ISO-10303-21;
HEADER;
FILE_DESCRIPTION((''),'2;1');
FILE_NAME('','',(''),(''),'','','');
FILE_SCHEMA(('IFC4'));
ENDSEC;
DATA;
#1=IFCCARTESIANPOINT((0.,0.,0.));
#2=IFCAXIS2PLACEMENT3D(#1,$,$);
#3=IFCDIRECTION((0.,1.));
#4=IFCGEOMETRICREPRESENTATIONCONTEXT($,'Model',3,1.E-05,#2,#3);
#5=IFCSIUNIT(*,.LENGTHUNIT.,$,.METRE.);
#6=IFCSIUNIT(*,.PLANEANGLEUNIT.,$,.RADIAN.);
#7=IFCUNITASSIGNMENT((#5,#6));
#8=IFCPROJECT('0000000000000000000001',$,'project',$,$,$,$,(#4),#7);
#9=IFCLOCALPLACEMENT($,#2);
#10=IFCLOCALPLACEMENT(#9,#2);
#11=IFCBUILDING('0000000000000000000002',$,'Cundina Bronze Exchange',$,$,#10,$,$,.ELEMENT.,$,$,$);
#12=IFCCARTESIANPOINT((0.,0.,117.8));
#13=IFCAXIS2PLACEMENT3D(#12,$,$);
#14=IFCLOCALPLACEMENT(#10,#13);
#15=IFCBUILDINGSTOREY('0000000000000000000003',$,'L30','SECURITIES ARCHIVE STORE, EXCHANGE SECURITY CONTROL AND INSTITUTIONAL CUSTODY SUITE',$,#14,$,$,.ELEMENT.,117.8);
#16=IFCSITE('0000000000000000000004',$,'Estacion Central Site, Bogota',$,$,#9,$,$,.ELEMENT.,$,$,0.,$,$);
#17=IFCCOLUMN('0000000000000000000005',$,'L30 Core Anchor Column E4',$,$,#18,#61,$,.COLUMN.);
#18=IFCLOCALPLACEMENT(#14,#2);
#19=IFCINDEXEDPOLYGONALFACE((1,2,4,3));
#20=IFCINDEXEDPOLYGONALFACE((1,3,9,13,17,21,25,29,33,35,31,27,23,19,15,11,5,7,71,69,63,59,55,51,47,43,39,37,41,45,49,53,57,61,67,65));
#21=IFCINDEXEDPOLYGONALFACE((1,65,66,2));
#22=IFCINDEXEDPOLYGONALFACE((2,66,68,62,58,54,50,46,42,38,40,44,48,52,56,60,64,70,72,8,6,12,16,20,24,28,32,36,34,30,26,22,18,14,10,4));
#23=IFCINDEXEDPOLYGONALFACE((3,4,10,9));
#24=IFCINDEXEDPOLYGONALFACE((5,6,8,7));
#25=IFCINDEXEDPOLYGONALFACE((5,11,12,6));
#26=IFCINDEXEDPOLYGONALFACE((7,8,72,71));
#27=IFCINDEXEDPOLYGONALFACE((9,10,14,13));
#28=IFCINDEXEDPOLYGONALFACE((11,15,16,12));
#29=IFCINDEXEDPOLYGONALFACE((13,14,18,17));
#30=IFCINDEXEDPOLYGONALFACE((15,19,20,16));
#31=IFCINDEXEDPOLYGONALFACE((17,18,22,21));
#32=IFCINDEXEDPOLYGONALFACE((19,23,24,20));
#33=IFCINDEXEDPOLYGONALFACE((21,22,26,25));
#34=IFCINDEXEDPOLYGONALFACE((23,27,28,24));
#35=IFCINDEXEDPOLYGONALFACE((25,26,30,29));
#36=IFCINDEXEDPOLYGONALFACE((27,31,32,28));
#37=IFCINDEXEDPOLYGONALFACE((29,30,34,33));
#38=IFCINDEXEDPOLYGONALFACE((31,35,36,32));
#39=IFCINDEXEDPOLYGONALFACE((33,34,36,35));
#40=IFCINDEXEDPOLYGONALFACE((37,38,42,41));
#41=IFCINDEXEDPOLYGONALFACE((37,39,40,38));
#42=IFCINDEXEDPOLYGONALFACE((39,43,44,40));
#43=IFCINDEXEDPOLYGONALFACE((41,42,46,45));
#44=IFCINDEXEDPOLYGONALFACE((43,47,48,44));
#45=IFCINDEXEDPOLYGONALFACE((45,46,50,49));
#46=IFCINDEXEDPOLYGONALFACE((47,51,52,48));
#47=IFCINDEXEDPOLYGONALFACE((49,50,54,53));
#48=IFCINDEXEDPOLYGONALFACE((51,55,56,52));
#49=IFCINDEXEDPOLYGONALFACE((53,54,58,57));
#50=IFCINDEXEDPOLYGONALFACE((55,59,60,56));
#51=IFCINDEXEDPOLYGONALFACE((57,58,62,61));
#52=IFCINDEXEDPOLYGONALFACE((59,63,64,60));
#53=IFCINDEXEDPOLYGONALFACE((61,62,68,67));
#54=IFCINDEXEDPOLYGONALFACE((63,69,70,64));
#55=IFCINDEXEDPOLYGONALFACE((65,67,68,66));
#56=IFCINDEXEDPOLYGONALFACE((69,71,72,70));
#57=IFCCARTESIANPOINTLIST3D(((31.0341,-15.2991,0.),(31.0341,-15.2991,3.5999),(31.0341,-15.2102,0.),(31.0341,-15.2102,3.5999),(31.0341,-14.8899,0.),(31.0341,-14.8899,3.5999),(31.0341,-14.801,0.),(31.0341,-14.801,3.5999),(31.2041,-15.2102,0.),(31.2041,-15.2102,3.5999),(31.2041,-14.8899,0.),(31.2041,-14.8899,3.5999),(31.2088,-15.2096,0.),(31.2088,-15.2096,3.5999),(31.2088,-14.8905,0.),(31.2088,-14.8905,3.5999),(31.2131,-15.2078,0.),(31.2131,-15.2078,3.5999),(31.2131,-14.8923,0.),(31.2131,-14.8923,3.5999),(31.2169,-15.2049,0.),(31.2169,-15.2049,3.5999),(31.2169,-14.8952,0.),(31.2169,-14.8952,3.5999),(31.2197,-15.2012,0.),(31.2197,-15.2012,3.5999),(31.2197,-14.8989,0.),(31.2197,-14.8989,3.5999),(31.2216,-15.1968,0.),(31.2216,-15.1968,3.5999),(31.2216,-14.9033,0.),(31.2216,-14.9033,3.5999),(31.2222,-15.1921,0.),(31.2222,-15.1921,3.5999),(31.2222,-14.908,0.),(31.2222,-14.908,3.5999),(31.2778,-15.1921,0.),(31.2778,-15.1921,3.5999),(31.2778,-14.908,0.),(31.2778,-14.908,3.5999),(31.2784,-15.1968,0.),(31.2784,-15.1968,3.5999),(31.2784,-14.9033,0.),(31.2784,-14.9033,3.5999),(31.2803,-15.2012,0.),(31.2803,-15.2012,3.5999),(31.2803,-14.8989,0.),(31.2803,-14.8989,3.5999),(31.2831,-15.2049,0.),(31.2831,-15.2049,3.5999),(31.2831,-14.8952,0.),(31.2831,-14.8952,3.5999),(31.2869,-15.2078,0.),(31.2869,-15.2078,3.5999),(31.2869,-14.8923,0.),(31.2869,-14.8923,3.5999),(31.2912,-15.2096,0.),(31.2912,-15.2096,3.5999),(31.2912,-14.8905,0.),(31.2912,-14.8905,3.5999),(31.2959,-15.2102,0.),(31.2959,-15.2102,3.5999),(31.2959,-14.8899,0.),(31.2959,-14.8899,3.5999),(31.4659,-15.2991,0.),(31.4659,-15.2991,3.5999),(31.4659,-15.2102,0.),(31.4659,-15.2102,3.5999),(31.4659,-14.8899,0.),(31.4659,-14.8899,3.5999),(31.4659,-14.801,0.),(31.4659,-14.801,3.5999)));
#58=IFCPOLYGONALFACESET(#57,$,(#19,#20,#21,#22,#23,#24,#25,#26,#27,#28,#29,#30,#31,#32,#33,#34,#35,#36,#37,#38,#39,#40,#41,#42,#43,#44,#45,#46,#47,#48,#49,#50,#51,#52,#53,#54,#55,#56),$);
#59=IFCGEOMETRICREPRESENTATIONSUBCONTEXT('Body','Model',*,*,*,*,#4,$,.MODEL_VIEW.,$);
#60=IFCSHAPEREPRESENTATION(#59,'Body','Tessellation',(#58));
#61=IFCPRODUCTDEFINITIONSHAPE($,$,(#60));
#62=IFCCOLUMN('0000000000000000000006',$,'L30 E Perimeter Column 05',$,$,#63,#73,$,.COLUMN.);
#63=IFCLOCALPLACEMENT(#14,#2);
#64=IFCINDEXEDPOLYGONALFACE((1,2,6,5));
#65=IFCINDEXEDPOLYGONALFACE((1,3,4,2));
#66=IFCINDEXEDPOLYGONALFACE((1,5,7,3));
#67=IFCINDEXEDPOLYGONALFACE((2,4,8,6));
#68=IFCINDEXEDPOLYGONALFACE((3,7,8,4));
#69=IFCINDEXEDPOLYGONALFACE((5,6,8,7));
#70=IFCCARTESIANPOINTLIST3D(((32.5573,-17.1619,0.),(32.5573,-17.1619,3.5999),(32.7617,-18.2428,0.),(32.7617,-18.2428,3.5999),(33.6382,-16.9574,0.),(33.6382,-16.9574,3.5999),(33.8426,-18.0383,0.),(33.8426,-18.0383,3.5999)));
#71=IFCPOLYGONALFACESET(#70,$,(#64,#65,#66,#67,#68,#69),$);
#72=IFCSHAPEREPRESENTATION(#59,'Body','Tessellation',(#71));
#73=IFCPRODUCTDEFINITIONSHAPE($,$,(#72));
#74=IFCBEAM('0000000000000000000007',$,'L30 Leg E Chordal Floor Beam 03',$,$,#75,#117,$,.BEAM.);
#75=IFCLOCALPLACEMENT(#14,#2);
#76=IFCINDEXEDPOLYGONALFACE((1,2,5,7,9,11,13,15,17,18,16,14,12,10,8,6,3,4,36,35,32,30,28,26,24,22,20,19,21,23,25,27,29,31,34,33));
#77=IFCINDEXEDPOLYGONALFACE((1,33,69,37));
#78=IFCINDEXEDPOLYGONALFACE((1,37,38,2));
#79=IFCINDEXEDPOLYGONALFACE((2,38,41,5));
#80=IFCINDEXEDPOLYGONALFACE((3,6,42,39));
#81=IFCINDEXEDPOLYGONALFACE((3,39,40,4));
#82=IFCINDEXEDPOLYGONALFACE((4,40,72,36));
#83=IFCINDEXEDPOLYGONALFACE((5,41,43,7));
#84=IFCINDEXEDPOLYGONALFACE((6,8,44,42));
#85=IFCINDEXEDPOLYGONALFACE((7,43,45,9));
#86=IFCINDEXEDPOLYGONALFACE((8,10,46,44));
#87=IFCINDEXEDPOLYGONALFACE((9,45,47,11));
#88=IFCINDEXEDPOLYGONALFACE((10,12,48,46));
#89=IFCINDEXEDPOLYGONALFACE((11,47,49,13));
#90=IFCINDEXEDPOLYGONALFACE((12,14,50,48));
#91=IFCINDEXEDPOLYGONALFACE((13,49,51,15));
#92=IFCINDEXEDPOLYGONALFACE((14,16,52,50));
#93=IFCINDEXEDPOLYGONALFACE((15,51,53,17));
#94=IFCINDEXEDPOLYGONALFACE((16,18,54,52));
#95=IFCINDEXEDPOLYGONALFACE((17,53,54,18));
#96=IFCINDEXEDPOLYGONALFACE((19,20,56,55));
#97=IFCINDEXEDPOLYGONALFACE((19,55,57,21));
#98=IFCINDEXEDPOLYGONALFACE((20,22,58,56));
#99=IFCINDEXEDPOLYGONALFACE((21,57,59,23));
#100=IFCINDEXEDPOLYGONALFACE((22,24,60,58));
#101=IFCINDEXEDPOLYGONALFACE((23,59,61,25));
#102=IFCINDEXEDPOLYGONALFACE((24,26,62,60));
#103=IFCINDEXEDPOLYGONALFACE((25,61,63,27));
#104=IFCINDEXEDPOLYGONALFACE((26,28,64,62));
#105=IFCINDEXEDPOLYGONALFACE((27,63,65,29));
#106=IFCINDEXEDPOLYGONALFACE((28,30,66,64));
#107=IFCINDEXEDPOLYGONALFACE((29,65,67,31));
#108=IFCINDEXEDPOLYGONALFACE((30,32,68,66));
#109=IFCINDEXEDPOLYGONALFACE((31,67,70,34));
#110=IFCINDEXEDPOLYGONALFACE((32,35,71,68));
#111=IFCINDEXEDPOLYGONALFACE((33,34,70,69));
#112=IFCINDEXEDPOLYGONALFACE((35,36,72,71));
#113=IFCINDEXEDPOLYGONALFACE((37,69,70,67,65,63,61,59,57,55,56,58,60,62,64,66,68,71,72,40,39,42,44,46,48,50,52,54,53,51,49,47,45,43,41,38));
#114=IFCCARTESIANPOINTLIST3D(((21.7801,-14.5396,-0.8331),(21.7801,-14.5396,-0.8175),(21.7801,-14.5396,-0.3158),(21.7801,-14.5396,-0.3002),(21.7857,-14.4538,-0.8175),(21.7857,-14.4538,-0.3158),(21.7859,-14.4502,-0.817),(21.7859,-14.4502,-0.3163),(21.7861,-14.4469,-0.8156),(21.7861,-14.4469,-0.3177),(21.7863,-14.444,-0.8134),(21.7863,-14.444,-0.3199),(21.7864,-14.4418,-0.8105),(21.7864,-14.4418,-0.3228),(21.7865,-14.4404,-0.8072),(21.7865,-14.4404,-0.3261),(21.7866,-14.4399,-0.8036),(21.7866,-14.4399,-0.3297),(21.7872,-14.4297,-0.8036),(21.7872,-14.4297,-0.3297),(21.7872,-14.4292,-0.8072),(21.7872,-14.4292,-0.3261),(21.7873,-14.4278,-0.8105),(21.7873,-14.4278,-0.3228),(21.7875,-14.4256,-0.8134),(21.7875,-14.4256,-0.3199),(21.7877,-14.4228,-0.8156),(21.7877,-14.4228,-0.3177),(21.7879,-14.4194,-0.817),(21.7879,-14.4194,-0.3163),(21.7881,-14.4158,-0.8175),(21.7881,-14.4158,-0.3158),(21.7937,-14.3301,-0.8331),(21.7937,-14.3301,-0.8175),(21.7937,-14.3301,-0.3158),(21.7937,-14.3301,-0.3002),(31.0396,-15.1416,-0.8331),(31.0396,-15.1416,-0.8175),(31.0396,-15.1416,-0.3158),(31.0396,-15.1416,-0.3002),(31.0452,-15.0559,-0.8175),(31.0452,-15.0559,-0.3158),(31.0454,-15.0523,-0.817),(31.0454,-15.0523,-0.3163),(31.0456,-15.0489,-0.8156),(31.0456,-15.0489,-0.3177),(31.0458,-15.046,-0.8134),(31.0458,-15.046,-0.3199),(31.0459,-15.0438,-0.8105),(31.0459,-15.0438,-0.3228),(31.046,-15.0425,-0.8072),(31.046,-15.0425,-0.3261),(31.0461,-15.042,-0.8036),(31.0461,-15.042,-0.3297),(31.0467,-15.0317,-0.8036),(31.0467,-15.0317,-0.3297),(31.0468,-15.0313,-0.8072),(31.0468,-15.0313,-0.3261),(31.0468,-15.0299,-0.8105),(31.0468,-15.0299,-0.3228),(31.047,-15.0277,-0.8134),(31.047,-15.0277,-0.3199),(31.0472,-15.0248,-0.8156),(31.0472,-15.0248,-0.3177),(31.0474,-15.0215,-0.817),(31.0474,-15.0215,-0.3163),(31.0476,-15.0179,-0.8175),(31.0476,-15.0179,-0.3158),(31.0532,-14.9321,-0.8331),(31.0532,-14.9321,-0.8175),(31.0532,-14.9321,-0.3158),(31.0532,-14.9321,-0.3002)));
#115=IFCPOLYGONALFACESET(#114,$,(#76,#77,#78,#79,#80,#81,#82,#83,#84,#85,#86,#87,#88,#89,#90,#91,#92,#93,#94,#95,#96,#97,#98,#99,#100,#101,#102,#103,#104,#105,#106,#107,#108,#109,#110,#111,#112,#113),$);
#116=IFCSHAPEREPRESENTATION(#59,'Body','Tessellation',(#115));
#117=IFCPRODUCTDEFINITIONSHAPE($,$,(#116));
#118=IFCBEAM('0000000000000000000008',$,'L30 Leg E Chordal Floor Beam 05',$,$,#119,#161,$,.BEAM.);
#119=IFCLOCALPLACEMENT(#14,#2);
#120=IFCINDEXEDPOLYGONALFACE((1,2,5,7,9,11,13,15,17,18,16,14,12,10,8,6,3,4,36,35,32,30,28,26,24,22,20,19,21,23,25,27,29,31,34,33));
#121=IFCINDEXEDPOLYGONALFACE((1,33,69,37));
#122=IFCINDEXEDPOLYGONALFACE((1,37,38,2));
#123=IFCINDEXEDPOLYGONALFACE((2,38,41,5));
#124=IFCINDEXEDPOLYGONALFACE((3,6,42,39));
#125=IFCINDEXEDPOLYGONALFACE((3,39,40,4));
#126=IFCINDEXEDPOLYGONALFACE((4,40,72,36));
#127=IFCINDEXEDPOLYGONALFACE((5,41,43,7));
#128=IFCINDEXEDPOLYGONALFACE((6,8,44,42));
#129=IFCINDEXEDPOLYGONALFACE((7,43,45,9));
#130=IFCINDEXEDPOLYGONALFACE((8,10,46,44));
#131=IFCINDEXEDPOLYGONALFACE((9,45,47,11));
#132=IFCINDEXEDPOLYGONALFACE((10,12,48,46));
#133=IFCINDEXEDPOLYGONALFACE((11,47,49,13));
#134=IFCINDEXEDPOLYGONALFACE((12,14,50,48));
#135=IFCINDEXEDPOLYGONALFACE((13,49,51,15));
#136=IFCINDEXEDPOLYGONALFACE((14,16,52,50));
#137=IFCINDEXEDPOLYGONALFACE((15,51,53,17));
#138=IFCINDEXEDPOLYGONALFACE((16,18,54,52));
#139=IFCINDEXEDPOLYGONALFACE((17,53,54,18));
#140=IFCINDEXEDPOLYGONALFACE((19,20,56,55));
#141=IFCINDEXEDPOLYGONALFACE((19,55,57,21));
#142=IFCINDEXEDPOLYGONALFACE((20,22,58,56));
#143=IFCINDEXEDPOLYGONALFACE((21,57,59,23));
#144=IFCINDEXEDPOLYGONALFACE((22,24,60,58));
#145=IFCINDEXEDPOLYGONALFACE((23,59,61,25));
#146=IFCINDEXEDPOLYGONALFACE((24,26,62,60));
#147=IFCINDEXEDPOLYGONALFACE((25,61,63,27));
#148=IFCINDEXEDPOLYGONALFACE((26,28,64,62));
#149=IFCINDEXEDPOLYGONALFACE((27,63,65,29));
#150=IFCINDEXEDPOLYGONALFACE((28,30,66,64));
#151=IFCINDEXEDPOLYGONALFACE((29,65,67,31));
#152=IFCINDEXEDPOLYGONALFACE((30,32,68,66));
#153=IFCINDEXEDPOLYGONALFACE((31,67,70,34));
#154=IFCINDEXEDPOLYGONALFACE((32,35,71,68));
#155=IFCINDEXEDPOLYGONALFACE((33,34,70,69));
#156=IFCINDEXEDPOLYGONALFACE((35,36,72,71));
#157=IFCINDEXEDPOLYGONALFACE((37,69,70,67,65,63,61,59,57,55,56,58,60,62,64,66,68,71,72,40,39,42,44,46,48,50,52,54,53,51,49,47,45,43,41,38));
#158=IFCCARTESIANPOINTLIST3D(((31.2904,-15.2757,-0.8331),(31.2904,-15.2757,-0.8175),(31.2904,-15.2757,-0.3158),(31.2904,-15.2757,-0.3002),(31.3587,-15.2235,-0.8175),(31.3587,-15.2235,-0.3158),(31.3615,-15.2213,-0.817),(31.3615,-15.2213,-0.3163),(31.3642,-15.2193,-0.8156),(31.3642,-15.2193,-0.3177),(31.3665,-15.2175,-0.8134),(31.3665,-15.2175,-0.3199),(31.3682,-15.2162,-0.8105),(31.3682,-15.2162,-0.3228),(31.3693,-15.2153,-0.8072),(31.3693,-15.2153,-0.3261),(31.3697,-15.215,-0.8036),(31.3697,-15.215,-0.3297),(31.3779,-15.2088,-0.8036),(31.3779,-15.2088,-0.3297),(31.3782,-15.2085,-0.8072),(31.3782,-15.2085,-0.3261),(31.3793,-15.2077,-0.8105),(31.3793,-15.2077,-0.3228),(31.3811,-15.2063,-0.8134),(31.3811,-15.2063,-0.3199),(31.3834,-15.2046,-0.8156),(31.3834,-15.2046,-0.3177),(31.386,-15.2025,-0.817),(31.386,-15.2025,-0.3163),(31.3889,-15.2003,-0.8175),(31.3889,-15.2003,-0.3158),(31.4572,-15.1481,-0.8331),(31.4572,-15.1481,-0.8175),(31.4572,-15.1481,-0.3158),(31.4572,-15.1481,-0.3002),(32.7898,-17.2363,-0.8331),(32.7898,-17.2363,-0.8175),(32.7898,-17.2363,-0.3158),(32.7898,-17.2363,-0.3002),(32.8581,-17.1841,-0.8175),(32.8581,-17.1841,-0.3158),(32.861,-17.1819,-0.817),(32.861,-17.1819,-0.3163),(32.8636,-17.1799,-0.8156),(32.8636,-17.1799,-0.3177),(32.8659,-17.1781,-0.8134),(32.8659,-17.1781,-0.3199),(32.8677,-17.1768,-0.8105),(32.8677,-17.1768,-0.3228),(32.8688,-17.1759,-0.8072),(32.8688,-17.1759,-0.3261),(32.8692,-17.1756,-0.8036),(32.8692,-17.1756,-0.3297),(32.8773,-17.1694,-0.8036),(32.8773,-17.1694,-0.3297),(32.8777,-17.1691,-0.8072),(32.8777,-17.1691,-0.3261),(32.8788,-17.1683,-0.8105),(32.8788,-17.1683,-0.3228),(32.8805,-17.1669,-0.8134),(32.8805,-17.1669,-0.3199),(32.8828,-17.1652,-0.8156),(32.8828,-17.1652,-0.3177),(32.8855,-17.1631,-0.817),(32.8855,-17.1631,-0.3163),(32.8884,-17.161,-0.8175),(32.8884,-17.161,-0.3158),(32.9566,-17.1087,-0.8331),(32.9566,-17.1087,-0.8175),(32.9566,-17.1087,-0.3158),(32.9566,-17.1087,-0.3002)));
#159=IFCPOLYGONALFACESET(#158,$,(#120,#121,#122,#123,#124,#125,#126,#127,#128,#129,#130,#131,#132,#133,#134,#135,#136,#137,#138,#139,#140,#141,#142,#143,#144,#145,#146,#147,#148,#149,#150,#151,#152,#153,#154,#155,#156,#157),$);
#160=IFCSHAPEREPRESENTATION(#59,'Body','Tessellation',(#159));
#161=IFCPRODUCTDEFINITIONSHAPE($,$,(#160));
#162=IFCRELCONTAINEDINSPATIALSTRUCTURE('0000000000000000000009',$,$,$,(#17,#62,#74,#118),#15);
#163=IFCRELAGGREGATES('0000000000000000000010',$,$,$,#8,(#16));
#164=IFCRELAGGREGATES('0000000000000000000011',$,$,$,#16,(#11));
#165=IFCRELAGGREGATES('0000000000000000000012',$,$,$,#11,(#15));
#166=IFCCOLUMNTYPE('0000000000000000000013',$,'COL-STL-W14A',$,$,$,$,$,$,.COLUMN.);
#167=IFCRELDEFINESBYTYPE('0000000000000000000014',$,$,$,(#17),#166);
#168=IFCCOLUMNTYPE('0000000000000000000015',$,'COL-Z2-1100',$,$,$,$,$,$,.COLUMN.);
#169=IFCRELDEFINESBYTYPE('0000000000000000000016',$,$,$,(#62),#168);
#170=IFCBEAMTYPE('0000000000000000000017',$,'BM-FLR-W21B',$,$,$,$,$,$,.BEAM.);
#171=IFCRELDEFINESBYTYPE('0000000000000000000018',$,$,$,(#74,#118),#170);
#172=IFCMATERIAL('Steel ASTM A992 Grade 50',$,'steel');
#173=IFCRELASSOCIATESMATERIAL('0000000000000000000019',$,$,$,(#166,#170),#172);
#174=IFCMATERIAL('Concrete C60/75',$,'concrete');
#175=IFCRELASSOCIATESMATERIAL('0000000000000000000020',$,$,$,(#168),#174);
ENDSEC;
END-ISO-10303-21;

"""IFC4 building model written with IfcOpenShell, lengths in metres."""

from ifc_helpers import new_model, si_unit, direction, frame, origin, origin_2d, place, context, subcontext, project, spatial, rectangle, i_section, extrude, material, material_profile, profile_set, type_object, element, save


model = new_model("IFC4")

# Units and contexts
model_context = context("Model", 3, precision=1e-05, world=origin(), true_north=direction((0.0, 1.0)))
body_context = subcontext(model_context, "Body", "Model", "MODEL_VIEW")
ifc_project = project(units=[si_unit("LENGTHUNIT", "METRE"), si_unit("PLANEANGLEUNIT", "RADIAN")], contexts=[model_context])

# Site, building, storey
site_placement = place(None, origin())
site = spatial("IfcSite", under=ifc_project, at=site_placement, Name="Estacion Central Site, Bogota", CompositionType="ELEMENT", RefElevation=0.0)
building_placement = place(site_placement, origin())
building = spatial("IfcBuilding", under=site, at=building_placement, Name="Cundina Bronze Exchange", CompositionType="ELEMENT")
storey_placement = place(building_placement, frame((0.0, 0.0, 117.8)))
storey = spatial("IfcBuildingStorey", under=building, at=storey_placement, Name="L30", Description="SECURITIES ARCHIVE STORE, EXCHANGE SECURITY CONTROL AND INSTITUTIONAL CUSTODY SUITE", CompositionType="ELEMENT", Elevation=117.8)

# Columns
ifc_material_1 = material(Name="Steel ASTM A992 Grade 50", Category="steel")
ifc_material_profile_1 = material_profile(ifc_material_1, i_section(OverallWidth=0.4319, OverallDepth=0.498, WebThickness=0.0557, FlangeThickness=0.0889, FilletRadius=0.0181, at=origin_2d()), Name="W14X500", Category="steel")
ifc_profile_set_1 = profile_set([ifc_material_profile_1], Name="Steel ASTM A992 Grade 50")
column_type_1 = type_object("IfcColumnType", Name="COL-STL-W14A", PredefinedType="COLUMN", material=ifc_profile_set_1)
column_1_placement = place(storey_placement, frame((31.25, -15.05, 0.0), z_axis=(0.0, 0.0, 1.0), x_axis=(1.0, 0.0, 0.0)))
element("IfcColumn", 1, at=column_1_placement, inside=storey, type_object=column_type_1, Name="L30 Core Anchor Column E4", PredefinedType="COLUMN", context=body_context, shape_type="SweptSolid", body=[
    extrude(i_section(OverallWidth=0.4319, OverallDepth=0.498, WebThickness=0.0557, FlangeThickness=0.0889, FilletRadius=0.0181, at=origin_2d()), origin(), (0.0, 0.0, 1.0), 3.5999),
])
ifc_material_2 = material(Name="Concrete C60/75", Category="concrete")
ifc_material_profile_2 = material_profile(ifc_material_2, rectangle(XDim=1.1001, YDim=1.1001, at=origin_2d()), Name="RC1100X1100", Category="concrete")
ifc_profile_set_2 = profile_set([ifc_material_profile_2], Name="Concrete C60/75")
column_type_2 = type_object("IfcColumnType", Name="COL-Z2-1100", PredefinedType="COLUMN", material=ifc_profile_set_2)
column_2_placement = place(storey_placement, frame((33.2, -17.6001, 0.0), z_axis=(0.0, 0.0, 1.0), x_axis=(0.98258, 0.185838, 0.0)))
element("IfcColumn", 2, at=column_2_placement, inside=storey, type_object=column_type_2, Name="L30 E Perimeter Column 05", PredefinedType="COLUMN", context=body_context, shape_type="SweptSolid", body=[
    extrude(rectangle(XDim=1.1001, YDim=1.1001, at=origin_2d()), origin(), (0.0, 0.0, 1.0), 3.5999),
])

# Beams
ifc_material_profile_3 = material_profile(ifc_material_1, i_section(OverallWidth=0.21, OverallDepth=0.533, WebThickness=0.0103, FlangeThickness=0.0156, FilletRadius=0.0139, at=origin_2d()), Name="W21X62", Category="steel")
ifc_profile_set_3 = profile_set([ifc_material_profile_3], Name="Steel ASTM A992 Grade 50")
beam_type_1 = type_object("IfcBeamType", Name="BM-FLR-W21B", PredefinedType="BEAM", material=ifc_profile_set_3)
beam_1_placement = place(storey_placement, frame((31.0464, -15.0369, -0.5667), z_axis=(-0.997893, 0.064883, 0.0), x_axis=(-0.064883, -0.997893, 0.0)))
element("IfcBeam", 3, at=beam_1_placement, inside=storey, type_object=beam_type_1, Name="L30 Leg E Chordal Floor Beam 03", PredefinedType="BEAM", context=body_context, shape_type="SweptSolid", body=[
    extrude(i_section(OverallWidth=0.21, OverallDepth=0.533, WebThickness=0.0103, FlangeThickness=0.0156, FilletRadius=0.0139, at=origin_2d()), origin(), (0.0, 0.0, 1.0), 9.2791),
])
beam_2_placement = place(storey_placement, frame((31.3738, -15.2119, -0.5667), z_axis=(0.60749, -0.794327, 0.0), x_axis=(0.794327, 0.60749, 0.0)))
element("IfcBeam", 4, at=beam_2_placement, inside=storey, type_object=beam_type_1, Name="L30 Leg E Chordal Floor Beam 05", PredefinedType="BEAM", context=body_context, shape_type="SweptSolid", body=[
    extrude(i_section(OverallWidth=0.21, OverallDepth=0.533, WebThickness=0.0103, FlangeThickness=0.0156, FilletRadius=0.0139, at=origin_2d()), origin(), (0.0, 0.0, 1.0), 2.4683),
])

save(model, "model.ifc")
